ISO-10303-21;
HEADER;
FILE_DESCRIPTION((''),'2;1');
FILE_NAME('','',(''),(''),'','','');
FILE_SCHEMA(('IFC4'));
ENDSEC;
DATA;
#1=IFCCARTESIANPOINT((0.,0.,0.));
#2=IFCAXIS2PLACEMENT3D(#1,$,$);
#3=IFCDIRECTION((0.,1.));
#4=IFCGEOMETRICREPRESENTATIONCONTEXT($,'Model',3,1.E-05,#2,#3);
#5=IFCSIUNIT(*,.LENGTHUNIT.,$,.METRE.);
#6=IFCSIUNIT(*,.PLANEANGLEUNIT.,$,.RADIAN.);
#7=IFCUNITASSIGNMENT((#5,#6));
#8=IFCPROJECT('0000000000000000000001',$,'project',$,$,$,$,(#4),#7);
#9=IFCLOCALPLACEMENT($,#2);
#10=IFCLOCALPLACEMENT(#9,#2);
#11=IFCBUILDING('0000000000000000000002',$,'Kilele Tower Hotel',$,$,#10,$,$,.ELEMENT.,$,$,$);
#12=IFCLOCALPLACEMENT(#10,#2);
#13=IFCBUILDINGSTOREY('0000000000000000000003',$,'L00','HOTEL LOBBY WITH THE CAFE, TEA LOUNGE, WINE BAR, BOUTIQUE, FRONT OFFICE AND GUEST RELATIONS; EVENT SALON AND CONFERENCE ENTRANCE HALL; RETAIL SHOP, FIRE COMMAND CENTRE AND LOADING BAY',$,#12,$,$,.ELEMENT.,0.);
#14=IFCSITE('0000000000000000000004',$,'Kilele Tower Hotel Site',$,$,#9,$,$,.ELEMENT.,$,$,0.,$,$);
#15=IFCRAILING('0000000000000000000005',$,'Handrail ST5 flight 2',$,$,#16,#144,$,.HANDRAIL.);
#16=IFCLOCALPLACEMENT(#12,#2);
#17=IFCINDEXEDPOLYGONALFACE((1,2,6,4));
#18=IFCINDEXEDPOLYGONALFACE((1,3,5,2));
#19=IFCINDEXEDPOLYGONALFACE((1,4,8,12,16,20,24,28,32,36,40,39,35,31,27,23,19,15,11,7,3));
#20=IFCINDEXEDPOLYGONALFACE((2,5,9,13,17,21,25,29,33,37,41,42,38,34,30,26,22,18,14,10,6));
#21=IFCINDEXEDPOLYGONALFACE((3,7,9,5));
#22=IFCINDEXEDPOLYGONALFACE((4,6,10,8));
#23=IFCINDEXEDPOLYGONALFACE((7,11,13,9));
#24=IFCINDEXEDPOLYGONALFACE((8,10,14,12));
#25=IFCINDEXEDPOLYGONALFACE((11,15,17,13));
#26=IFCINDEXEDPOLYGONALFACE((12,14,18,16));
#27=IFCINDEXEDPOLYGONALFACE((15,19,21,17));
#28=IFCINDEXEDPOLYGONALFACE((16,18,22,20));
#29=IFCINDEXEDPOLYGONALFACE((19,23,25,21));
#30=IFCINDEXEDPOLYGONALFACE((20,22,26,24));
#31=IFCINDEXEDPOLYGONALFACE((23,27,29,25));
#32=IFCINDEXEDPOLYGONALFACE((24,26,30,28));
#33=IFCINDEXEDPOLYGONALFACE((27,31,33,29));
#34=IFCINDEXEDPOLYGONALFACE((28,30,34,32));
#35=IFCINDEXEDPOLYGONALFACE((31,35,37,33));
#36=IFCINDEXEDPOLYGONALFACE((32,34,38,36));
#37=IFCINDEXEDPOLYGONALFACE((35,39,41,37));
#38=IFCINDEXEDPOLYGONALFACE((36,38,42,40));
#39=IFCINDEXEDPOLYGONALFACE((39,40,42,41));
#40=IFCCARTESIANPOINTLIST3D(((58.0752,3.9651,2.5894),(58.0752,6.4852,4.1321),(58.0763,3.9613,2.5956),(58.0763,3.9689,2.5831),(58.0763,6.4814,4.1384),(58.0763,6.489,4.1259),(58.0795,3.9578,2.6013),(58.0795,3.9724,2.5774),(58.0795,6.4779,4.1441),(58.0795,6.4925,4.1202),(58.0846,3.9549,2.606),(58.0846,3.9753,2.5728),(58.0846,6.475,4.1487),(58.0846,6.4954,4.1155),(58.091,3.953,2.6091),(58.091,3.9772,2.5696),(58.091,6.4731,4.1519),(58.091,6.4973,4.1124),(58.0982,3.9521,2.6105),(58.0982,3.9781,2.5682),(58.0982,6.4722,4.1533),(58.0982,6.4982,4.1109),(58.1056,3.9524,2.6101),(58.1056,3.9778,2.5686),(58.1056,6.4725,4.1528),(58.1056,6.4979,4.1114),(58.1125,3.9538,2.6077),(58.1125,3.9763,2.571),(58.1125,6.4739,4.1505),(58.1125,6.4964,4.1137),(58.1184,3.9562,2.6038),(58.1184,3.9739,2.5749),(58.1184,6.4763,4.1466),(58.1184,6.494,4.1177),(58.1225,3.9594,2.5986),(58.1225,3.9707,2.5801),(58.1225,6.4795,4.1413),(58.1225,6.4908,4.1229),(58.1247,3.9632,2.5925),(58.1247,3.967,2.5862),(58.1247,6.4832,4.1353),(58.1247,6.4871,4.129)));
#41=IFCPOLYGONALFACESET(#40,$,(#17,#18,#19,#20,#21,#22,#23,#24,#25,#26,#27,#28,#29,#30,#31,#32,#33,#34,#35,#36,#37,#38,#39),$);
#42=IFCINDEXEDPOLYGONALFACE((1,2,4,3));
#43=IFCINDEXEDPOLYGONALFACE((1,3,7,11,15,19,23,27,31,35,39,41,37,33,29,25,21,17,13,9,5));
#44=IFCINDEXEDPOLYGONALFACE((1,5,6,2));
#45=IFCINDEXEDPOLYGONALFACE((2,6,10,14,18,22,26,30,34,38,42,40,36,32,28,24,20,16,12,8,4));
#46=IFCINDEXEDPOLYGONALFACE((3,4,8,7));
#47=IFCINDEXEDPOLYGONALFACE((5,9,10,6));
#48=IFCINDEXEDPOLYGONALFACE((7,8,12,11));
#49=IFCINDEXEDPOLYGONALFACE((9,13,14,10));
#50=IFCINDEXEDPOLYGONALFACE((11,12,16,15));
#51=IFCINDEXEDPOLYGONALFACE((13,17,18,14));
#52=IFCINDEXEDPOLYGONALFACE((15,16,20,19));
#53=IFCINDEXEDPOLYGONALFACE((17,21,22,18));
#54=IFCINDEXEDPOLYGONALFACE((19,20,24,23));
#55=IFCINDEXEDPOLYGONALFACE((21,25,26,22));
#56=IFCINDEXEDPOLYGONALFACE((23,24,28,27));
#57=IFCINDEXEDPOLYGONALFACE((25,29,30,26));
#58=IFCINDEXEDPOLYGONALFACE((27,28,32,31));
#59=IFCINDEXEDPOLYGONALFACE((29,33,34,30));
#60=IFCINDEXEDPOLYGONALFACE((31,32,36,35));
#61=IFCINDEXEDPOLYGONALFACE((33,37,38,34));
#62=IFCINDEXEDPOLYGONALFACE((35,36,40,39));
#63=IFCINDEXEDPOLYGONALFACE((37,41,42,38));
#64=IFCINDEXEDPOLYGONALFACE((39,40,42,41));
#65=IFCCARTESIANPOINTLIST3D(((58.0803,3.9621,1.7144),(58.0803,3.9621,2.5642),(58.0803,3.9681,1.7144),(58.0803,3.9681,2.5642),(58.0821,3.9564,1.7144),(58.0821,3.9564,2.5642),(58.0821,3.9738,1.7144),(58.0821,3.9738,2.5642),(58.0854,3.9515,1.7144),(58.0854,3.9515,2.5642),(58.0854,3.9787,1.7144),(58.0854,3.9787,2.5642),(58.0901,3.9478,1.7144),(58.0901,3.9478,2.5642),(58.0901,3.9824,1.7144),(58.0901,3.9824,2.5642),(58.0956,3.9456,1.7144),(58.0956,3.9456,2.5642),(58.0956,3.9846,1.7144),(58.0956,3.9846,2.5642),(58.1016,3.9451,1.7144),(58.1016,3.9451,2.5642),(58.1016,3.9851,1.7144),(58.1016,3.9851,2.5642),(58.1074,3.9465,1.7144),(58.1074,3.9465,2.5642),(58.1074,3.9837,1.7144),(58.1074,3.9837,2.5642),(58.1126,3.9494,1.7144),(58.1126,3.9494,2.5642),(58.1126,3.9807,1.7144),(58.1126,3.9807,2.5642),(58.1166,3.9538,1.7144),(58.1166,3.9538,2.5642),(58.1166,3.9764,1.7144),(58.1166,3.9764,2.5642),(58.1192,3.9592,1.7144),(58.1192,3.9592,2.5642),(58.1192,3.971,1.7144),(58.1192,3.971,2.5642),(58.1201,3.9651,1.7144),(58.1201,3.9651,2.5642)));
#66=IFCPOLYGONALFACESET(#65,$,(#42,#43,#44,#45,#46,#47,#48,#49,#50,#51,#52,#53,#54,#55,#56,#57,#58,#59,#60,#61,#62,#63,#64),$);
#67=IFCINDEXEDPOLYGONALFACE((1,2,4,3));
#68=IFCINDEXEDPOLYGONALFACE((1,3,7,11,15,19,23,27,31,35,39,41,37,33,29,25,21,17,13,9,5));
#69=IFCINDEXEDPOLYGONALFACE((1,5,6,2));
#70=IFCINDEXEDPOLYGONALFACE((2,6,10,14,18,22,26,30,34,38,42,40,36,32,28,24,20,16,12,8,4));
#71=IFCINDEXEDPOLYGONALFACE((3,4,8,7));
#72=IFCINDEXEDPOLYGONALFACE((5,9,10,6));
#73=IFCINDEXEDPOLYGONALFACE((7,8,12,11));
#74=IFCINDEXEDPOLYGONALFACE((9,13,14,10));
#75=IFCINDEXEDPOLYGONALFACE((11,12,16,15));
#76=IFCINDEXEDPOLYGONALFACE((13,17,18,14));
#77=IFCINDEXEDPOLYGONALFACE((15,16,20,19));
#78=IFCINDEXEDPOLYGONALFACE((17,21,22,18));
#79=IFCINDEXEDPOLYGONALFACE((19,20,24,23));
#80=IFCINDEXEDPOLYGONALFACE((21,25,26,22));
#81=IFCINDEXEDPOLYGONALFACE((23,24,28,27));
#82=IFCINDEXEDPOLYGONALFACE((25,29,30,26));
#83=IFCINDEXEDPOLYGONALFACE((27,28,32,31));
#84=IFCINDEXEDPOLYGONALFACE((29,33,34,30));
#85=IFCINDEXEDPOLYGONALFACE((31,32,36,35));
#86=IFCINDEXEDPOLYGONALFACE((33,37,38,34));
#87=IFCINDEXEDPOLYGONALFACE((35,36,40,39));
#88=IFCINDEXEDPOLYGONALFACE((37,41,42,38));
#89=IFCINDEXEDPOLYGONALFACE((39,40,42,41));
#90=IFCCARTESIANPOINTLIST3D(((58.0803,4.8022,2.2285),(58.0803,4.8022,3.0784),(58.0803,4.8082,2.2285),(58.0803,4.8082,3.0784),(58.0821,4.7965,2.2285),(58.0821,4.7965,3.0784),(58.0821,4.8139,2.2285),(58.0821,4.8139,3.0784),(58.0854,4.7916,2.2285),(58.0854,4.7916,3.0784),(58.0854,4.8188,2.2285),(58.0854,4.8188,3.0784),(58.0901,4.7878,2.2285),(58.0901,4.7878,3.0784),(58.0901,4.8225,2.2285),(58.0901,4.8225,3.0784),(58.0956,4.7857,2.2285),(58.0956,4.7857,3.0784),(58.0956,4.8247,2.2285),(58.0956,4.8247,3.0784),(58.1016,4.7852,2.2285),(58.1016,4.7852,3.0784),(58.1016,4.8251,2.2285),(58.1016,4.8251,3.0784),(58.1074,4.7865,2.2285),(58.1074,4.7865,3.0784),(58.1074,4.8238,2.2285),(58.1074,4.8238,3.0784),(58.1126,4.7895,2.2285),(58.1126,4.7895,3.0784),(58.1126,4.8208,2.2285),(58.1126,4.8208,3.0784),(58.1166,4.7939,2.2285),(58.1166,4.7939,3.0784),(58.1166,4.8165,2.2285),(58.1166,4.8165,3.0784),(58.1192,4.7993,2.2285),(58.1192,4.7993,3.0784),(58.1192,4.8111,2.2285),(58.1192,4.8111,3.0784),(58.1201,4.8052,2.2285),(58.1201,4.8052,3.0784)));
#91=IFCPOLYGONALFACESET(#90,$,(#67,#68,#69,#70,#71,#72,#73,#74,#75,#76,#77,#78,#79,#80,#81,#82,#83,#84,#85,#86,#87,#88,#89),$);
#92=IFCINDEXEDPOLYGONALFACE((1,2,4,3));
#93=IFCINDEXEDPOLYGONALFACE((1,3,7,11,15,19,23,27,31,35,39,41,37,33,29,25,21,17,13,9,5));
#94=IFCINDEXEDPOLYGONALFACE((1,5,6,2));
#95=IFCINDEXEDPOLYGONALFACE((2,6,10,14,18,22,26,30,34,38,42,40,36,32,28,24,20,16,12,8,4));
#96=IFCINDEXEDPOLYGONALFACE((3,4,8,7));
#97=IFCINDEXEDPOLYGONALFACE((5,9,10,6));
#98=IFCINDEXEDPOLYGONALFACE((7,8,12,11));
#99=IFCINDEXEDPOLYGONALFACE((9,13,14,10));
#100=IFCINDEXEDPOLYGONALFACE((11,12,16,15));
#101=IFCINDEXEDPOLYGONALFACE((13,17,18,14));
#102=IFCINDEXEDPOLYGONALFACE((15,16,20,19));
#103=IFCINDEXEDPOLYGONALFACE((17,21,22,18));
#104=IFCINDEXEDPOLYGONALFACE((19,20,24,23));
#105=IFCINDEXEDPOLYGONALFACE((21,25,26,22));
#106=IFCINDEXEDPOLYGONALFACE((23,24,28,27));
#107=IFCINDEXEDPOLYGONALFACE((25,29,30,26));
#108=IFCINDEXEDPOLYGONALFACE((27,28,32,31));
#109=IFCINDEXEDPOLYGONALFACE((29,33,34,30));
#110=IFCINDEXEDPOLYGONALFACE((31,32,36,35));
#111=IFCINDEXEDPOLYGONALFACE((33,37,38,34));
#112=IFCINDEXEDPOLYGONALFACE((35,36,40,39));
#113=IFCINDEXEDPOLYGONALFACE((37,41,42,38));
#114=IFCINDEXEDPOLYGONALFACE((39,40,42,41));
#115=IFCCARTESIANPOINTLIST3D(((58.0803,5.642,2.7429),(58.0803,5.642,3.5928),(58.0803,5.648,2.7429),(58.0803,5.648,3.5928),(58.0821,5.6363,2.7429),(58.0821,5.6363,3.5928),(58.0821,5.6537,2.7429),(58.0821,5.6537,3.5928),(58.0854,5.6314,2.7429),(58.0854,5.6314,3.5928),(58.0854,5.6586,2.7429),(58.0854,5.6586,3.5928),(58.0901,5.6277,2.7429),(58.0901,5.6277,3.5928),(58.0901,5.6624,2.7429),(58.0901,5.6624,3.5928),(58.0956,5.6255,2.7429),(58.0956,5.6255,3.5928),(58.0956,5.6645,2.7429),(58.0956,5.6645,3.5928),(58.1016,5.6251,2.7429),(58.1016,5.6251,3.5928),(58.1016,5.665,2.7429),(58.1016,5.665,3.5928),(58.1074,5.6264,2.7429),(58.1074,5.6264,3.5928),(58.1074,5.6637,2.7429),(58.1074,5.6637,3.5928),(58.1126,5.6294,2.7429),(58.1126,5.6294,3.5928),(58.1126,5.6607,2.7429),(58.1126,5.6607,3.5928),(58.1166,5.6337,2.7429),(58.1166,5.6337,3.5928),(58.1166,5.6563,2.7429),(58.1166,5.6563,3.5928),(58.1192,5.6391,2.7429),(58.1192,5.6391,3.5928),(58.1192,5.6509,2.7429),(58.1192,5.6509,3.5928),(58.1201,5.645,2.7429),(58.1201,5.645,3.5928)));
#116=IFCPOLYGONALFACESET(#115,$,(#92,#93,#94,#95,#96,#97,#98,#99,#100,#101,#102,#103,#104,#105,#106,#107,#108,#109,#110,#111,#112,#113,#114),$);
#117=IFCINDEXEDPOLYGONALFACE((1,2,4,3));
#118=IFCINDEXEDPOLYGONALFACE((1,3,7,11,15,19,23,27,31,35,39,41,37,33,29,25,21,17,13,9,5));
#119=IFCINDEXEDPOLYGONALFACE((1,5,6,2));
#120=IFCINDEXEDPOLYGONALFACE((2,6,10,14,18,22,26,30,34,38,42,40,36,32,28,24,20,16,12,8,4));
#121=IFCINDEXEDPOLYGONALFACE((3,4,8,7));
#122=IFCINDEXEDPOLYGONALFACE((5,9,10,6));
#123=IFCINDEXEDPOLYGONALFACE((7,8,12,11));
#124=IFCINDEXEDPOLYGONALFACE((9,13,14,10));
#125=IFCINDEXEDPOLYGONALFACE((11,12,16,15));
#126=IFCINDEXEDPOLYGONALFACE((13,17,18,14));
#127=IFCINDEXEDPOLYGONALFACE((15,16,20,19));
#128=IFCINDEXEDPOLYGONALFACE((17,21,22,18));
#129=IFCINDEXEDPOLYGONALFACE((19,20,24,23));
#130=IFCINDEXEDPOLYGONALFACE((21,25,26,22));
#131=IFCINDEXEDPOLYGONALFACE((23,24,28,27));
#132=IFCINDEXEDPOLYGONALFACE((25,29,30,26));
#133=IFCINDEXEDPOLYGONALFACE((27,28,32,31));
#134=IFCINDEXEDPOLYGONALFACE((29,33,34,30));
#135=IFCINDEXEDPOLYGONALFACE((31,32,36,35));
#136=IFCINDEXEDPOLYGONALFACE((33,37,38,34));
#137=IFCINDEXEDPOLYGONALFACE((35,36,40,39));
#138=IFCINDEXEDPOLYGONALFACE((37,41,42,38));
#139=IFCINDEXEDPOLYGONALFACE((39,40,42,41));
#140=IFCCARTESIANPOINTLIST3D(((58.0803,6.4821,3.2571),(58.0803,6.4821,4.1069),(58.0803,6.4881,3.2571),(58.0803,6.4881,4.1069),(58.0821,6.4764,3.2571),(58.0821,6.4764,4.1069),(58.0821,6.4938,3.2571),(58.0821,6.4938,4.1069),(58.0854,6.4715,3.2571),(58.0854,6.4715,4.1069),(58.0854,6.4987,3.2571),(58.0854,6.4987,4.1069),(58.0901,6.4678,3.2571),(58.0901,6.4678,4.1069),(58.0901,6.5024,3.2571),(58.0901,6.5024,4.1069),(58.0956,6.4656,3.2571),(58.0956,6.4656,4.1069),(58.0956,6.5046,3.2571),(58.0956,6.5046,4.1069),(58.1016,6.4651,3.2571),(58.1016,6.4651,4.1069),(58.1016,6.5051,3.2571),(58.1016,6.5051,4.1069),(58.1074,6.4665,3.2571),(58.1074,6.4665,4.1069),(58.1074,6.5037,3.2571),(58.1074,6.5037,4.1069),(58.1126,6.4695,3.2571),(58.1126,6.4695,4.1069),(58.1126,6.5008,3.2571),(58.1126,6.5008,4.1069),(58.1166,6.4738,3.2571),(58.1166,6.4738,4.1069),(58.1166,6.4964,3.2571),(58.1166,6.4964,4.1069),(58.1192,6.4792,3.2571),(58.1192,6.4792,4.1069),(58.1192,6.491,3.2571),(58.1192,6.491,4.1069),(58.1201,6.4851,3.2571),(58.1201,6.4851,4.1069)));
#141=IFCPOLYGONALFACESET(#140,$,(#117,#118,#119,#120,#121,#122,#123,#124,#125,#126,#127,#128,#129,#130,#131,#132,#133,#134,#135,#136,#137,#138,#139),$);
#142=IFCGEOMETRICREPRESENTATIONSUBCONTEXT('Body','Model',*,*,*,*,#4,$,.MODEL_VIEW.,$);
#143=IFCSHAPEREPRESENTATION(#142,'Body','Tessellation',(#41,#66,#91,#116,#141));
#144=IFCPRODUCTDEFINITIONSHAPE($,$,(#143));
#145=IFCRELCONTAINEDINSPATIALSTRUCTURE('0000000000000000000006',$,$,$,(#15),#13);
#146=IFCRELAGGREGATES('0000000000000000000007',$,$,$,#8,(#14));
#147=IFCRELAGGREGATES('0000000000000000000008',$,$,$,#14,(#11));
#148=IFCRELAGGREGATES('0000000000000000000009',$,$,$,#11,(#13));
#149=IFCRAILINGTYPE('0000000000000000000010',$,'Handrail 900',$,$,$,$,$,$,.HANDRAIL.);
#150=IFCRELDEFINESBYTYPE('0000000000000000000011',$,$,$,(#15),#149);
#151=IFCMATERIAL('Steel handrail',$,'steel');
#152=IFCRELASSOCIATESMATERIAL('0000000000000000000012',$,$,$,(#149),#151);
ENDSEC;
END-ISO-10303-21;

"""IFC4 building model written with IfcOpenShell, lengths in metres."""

from ifc_helpers import new_model, si_unit, direction, frame, origin, origin_2d, place, context, subcontext, project, spatial, circle, extrude, material, type_object, element, save


model = new_model("IFC4")

# Units and contexts
model_context = context("Model", 3, precision=1e-05, world=origin(), true_north=direction((0.0, 1.0)))
body_context = subcontext(model_context, "Body", "Model", "MODEL_VIEW")
ifc_project = project(units=[si_unit("LENGTHUNIT", "METRE"), si_unit("PLANEANGLEUNIT", "RADIAN")], contexts=[model_context])

# Site, building, storey
site_placement = place(None, origin())
site = spatial("IfcSite", under=ifc_project, at=site_placement, Name="Kilele Tower Hotel Site", CompositionType="ELEMENT", RefElevation=0.0)
building_placement = place(site_placement, origin())
building = spatial("IfcBuilding", under=site, at=building_placement, Name="Kilele Tower Hotel", CompositionType="ELEMENT")
storey_placement = place(building_placement, origin())
storey = spatial("IfcBuildingStorey", under=building, at=storey_placement, Name="L00", Description="HOTEL LOBBY WITH THE CAFE, TEA LOUNGE, WINE BAR, BOUTIQUE, FRONT OFFICE AND GUEST RELATIONS; EVENT SALON AND CONFERENCE ENTRANCE HALL; RETAIL SHOP, FIRE COMMAND CENTRE AND LOADING BAY", CompositionType="ELEMENT", Elevation=0.0)

# Railing
ifc_material_1 = material(Name="Steel handrail", Category="steel")
railing_type_1 = type_object("IfcRailingType", Name="Handrail 900", PredefinedType="HANDRAIL", material=ifc_material_1)
for number, where, name in (
    (1, (58.1001, 3.9651, 1.7144), "Handrail ST5 flight 2"),
):
    element("IfcRailing", number, at=place(storey_placement, frame(where)), inside=storey, type_object=railing_type_1, Name=name, PredefinedType="HANDRAIL", context=body_context, shape_type="SweptSolid", body=[
        extrude(circle(Radius=0.0249, at=origin_2d()), frame((0.0, 0.0, 0.875), z_axis=(0.0, 0.852873, 0.522118), x_axis=(-1.0, 0.0, 0.0)), (0.0, 0.0, 1.0), 2.9548),
        extrude(circle(Radius=0.02, at=origin_2d()), origin(), (0.0, 0.0, 1.0), 0.8499),
        extrude(circle(Radius=0.02, at=origin_2d()), frame((0.0, 0.8401, 0.5142)), (0.0, 0.0, 1.0), 0.8499),
        extrude(circle(Radius=0.02, at=origin_2d()), frame((0.0, 1.6799, 1.0286)), (0.0, 0.0, 1.0), 0.8499),
        extrude(circle(Radius=0.02, at=origin_2d()), frame((0.0, 2.52, 1.5427)), (0.0, 0.0, 1.0), 0.8499),
    ])

save(model, "model.ifc")
